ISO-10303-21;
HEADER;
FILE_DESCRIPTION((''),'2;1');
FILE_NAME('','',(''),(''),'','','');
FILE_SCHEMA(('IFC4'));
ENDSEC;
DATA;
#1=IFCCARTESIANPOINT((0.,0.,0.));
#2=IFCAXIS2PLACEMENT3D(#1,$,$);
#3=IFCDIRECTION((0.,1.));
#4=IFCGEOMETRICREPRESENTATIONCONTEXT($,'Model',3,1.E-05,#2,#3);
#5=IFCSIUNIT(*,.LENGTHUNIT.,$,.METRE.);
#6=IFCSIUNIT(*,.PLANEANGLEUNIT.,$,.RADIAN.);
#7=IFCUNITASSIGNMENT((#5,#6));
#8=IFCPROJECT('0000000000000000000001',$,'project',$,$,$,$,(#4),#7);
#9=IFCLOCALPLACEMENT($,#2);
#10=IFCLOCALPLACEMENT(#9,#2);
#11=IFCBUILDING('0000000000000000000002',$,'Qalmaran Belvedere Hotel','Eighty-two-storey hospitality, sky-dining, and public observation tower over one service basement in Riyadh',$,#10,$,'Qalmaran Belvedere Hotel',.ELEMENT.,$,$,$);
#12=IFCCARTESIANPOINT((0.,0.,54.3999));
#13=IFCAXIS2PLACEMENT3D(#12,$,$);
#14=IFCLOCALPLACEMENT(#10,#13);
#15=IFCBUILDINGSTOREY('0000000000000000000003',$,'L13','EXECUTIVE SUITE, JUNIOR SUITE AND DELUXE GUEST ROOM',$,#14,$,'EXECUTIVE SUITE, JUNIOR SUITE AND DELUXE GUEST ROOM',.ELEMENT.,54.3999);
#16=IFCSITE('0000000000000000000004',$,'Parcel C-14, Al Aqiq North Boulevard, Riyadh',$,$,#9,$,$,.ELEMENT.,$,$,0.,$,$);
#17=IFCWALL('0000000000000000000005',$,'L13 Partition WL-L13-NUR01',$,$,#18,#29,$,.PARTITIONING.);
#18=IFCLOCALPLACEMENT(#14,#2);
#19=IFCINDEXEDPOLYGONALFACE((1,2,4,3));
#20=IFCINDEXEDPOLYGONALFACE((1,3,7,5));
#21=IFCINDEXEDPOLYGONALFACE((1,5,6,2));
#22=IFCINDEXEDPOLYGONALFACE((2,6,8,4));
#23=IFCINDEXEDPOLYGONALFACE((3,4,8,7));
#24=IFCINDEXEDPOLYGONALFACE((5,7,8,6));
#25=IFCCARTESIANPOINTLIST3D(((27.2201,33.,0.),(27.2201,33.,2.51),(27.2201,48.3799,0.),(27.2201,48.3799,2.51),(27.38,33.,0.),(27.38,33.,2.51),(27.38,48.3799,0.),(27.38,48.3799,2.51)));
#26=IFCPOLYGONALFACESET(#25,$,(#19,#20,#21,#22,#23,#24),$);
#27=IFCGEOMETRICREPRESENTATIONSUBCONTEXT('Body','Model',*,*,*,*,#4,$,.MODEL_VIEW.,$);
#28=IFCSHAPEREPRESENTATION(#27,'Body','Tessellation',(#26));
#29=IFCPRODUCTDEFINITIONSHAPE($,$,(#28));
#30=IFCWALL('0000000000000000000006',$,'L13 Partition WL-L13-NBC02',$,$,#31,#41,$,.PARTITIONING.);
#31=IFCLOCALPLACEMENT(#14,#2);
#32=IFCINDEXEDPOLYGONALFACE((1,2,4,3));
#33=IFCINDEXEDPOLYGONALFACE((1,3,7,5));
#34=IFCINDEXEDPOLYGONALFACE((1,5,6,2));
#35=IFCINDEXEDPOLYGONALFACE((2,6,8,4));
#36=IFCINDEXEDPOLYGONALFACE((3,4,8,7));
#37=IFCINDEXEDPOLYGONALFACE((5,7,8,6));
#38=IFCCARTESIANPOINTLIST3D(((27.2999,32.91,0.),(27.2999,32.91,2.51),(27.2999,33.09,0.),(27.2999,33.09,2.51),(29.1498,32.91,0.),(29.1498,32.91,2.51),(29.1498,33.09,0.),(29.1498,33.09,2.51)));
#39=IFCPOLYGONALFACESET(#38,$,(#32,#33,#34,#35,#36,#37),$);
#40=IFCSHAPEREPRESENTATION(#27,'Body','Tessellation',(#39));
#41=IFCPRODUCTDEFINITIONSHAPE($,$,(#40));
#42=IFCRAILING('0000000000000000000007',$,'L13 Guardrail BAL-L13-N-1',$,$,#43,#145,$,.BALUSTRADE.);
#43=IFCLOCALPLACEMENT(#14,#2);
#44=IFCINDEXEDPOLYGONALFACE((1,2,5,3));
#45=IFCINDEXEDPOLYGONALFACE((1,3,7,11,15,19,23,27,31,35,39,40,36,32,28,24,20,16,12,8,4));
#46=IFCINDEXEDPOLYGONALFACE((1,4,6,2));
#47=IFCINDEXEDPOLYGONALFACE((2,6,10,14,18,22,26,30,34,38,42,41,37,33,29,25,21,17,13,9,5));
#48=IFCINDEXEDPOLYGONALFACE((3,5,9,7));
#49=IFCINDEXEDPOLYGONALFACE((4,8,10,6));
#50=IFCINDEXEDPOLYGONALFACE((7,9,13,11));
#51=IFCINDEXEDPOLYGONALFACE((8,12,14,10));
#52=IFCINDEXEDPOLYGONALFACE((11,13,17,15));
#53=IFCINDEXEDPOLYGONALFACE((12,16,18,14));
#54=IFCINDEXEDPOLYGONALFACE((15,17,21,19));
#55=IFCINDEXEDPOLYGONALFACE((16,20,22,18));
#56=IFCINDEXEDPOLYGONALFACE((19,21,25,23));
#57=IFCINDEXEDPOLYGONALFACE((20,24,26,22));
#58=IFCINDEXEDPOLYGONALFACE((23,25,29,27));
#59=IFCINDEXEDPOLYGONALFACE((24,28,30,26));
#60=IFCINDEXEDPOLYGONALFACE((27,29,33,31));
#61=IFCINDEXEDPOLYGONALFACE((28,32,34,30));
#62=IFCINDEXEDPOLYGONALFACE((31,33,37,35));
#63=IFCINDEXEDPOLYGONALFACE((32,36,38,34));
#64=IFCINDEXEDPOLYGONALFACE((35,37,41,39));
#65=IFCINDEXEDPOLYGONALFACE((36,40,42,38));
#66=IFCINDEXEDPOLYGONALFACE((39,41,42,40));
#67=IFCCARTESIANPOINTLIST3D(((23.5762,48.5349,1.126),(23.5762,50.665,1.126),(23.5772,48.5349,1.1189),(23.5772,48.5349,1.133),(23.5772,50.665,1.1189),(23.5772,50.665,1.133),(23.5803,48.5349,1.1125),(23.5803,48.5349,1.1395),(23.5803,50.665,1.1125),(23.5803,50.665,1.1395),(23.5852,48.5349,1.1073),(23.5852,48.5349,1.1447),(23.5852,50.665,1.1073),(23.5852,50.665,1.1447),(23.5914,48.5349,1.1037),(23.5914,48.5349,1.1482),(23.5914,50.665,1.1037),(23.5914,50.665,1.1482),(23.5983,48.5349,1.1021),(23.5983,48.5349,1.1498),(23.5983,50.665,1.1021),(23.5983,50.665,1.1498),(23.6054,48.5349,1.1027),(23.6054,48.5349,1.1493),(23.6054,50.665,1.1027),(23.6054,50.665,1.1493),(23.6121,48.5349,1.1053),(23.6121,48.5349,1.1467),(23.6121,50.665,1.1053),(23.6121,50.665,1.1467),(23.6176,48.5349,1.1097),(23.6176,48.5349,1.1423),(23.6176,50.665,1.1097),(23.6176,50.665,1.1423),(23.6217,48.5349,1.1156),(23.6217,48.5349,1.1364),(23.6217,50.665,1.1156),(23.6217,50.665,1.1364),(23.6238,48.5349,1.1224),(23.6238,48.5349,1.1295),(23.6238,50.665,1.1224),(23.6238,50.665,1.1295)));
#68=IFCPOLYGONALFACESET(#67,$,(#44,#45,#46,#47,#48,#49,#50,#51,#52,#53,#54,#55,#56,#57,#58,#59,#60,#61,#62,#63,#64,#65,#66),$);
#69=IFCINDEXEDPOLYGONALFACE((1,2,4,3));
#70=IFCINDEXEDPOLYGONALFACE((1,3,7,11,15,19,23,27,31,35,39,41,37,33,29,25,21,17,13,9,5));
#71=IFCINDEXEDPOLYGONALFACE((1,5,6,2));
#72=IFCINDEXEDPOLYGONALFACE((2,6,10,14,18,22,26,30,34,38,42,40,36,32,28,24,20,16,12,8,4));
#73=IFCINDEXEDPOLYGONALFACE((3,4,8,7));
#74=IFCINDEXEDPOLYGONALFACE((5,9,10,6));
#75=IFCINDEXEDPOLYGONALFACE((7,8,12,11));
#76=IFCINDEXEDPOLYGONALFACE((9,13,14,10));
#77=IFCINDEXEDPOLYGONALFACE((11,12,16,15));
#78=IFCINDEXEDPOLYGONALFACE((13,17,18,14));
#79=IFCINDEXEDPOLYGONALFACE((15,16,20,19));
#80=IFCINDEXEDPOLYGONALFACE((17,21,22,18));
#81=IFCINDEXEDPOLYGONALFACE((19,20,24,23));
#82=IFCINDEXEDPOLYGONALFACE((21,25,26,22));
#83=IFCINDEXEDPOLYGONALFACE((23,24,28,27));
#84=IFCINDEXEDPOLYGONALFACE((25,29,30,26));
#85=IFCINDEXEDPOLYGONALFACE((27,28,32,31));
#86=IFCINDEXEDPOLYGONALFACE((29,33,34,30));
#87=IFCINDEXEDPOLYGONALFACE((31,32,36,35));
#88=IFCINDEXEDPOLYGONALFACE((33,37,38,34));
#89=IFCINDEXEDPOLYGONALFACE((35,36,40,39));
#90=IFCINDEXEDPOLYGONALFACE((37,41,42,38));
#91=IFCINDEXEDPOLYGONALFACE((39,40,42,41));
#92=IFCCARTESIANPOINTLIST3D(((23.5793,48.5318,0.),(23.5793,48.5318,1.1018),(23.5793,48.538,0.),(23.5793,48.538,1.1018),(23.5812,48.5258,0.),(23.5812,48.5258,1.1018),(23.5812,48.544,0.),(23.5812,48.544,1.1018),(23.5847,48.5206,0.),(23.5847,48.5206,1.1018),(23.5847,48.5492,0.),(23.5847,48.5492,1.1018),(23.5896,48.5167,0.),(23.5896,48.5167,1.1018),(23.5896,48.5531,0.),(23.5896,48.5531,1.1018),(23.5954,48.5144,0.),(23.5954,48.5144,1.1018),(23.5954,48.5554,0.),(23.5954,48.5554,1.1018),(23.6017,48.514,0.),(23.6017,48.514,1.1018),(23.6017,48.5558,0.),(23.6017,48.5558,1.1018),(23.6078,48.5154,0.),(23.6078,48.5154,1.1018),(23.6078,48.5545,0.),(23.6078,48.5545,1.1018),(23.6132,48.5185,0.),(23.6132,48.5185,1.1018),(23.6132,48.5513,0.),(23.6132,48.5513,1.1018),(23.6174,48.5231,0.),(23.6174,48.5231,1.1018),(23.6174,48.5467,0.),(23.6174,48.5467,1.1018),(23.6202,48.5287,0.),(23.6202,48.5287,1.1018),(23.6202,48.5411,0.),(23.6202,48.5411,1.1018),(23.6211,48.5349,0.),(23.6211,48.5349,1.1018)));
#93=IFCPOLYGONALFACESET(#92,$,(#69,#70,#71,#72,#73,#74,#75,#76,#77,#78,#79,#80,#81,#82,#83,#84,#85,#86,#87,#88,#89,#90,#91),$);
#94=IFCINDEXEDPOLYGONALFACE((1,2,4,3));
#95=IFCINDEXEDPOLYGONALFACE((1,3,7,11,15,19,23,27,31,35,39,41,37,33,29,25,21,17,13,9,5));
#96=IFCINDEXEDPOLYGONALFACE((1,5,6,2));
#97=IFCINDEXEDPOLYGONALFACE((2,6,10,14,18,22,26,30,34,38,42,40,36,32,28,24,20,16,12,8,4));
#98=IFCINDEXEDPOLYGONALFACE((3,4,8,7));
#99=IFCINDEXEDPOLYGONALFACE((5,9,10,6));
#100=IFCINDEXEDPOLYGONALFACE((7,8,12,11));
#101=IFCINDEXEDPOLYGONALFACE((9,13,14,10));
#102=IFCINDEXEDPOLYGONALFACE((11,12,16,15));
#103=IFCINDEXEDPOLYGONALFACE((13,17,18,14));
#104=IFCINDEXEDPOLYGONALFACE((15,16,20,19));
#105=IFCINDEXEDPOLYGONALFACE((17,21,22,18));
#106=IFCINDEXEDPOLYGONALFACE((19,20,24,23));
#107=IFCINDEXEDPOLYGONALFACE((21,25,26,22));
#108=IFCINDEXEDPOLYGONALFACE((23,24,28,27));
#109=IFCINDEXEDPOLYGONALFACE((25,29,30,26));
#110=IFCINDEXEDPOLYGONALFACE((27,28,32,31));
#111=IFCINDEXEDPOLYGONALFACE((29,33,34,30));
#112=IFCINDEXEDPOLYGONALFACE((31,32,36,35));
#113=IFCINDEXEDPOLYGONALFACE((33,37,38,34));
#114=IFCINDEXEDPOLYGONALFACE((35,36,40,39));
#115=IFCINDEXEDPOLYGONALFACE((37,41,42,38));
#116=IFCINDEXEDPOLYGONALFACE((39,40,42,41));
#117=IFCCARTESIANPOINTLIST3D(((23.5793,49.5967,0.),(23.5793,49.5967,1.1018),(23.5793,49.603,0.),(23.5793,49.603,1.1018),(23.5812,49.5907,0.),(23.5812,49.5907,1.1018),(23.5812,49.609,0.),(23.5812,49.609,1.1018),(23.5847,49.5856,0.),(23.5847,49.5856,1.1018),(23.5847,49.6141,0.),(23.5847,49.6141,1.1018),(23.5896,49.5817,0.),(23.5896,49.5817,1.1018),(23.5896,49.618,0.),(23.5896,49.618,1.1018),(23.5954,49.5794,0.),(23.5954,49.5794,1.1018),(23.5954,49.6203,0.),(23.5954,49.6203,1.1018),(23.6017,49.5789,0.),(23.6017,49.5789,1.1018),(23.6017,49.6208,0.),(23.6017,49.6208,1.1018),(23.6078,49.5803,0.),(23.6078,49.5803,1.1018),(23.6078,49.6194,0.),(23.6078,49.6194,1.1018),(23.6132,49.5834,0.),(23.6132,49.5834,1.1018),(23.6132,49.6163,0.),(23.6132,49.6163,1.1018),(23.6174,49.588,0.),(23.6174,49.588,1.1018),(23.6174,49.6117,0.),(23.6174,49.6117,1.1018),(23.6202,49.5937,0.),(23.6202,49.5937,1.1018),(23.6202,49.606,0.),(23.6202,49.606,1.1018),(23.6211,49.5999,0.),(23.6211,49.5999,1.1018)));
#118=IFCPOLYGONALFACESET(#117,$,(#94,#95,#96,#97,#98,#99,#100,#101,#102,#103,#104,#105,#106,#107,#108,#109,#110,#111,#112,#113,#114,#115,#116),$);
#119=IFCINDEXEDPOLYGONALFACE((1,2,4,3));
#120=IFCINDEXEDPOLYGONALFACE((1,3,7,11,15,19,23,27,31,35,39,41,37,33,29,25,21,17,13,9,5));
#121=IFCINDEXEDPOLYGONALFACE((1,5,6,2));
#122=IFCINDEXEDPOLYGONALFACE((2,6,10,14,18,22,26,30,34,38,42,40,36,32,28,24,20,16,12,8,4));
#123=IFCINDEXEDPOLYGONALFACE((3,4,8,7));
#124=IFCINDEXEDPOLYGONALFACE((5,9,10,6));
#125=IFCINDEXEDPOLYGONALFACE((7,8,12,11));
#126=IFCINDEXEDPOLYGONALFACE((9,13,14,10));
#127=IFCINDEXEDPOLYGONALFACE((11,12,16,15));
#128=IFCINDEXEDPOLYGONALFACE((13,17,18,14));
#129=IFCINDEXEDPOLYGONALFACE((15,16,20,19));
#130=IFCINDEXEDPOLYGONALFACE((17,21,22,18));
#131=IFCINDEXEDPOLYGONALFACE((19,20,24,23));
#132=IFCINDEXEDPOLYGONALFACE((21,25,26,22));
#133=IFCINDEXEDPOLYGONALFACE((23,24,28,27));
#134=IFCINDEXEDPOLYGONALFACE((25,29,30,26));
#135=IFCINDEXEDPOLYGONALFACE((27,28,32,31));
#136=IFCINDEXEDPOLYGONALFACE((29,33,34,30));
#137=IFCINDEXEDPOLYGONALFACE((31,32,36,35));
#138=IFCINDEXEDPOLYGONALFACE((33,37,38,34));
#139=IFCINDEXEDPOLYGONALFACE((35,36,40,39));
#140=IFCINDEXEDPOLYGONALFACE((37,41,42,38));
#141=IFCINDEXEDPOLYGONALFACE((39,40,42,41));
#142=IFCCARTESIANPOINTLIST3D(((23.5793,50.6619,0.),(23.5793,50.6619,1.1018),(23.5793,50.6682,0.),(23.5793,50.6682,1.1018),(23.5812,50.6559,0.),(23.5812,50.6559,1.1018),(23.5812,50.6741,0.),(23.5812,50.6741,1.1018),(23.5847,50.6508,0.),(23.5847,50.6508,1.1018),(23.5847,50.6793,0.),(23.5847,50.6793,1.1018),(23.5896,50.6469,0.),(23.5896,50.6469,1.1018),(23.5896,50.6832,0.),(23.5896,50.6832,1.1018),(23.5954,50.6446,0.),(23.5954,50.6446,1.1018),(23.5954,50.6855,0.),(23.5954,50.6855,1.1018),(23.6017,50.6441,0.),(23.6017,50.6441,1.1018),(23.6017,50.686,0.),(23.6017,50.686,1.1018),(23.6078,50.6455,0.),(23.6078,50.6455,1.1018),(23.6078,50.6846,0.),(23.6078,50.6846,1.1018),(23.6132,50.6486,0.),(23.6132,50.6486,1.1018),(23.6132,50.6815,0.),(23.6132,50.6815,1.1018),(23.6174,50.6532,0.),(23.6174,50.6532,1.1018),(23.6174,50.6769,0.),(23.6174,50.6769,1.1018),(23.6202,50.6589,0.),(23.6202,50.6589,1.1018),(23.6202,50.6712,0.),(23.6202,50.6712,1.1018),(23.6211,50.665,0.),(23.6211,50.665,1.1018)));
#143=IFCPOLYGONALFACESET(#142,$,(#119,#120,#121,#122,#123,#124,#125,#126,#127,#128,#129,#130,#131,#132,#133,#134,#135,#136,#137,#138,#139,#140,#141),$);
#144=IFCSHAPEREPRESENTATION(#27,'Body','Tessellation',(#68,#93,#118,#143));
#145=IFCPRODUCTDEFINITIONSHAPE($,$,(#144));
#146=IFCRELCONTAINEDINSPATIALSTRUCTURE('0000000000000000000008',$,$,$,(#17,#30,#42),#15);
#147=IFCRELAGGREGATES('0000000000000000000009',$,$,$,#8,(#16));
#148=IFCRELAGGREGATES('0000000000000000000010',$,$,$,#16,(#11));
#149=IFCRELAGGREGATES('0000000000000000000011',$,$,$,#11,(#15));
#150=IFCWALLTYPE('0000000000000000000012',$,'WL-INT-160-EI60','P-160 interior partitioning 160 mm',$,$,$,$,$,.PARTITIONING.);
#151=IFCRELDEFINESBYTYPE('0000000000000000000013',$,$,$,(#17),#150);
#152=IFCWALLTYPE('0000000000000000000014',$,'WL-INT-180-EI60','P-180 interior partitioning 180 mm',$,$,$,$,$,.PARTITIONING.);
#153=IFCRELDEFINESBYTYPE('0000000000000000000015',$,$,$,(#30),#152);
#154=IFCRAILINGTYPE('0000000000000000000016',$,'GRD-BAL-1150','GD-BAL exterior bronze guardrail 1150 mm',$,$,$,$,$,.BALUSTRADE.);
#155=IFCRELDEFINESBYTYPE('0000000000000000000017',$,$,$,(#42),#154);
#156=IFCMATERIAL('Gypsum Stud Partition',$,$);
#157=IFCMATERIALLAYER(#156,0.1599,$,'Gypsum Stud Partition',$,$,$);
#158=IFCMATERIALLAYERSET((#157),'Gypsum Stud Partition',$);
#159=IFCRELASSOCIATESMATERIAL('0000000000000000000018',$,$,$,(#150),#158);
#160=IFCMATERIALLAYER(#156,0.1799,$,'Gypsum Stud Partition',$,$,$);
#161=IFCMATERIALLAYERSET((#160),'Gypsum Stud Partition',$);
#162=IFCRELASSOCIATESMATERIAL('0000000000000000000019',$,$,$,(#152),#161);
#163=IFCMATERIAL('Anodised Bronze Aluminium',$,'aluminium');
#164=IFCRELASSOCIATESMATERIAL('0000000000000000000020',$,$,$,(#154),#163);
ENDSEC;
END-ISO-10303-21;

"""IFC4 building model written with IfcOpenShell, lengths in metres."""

from ifc_helpers import new_model, si_unit, direction, frame, frame_2d, origin, origin_2d, place, context, subcontext, project, spatial, rectangle, circle, extrude, material, layer, layer_set, type_object, element, save


model = new_model("IFC4")

# Units and contexts
model_context = context("Model", 3, precision=1e-05, world=origin(), true_north=direction((0.0, 1.0)))
body_context = subcontext(model_context, "Body", "Model", "MODEL_VIEW")
ifc_project = project(units=[si_unit("LENGTHUNIT", "METRE"), si_unit("PLANEANGLEUNIT", "RADIAN")], contexts=[model_context])

# Site, building, storey
site_placement = place(None, origin())
site = spatial("IfcSite", under=ifc_project, at=site_placement, Name="Parcel C-14, Al Aqiq North Boulevard, Riyadh", CompositionType="ELEMENT", RefElevation=0.0)
building_placement = place(site_placement, origin())
building = spatial("IfcBuilding", under=site, at=building_placement, Name="Qalmaran Belvedere Hotel", Description="Eighty-two-storey hospitality, sky-dining, and public observation tower over one service basement in Riyadh", LongName="Qalmaran Belvedere Hotel", CompositionType="ELEMENT")
storey_placement = place(building_placement, frame((0.0, 0.0, 54.3999)))
storey = spatial("IfcBuildingStorey", under=building, at=storey_placement, Name="L13", Description="EXECUTIVE SUITE, JUNIOR SUITE AND DELUXE GUEST ROOM", LongName="EXECUTIVE SUITE, JUNIOR SUITE AND DELUXE GUEST ROOM", CompositionType="ELEMENT", Elevation=54.3999)

# Shared definitions
ifc_material_1 = material(Name="Anodised Bronze Aluminium", Category="aluminium")

# Walls
ifc_material_2 = material(Name="Gypsum Stud Partition")
ifc_layer_1 = layer(ifc_material_2, 0.1599, Name="Gypsum Stud Partition")
ifc_layer_set_1 = layer_set([ifc_layer_1], Name="Gypsum Stud Partition")
wall_type_1 = type_object("IfcWallType", Name="WL-INT-160-EI60", Description="P-160 interior partitioning 160 mm", PredefinedType="PARTITIONING", material=ifc_layer_set_1)
wall_1_placement = place(storey_placement, frame((27.3, 33.0, 0.0), z_axis=(0.0, 0.0, 1.0), x_axis=(0.0, 1.0, 0.0)))
element("IfcWall", 1, at=wall_1_placement, inside=storey, type_object=wall_type_1, Name="L13 Partition WL-L13-NUR01", PredefinedType="PARTITIONING", context=body_context, shape_type="SweptSolid", body=[
    extrude(rectangle(XDim=15.3799, YDim=0.1599, at=frame_2d((7.6899, 0.0))), origin(), (0.0, 0.0, 1.0), 2.51),
])
ifc_layer_2 = layer(ifc_material_2, 0.1799, Name="Gypsum Stud Partition")
ifc_layer_set_2 = layer_set([ifc_layer_2], Name="Gypsum Stud Partition")
wall_type_2 = type_object("IfcWallType", Name="WL-INT-180-EI60", Description="P-180 interior partitioning 180 mm", PredefinedType="PARTITIONING", material=ifc_layer_set_2)
wall_2_placement = place(storey_placement, frame((27.3, 33.0, 0.0), z_axis=(0.0, 0.0, 1.0), x_axis=(1.0, 0.0, 0.0)))
element("IfcWall", 2, at=wall_2_placement, inside=storey, type_object=wall_type_2, Name="L13 Partition WL-L13-NBC02", PredefinedType="PARTITIONING", context=body_context, shape_type="SweptSolid", body=[
    extrude(rectangle(XDim=1.8499, YDim=0.1799, at=frame_2d((0.9248, 0.0))), origin(), (0.0, 0.0, 1.0), 2.51),
])

# Railing
railing_type = type_object("IfcRailingType", Name="GRD-BAL-1150", Description="GD-BAL exterior bronze guardrail 1150 mm", PredefinedType="BALUSTRADE", material=ifc_material_1)
railing_1_placement = place(storey_placement, frame((23.6001, 48.5349, 0.0)))
element("IfcRailing", 3, at=railing_1_placement, inside=storey, type_object=railing_type, Name="L13 Guardrail BAL-L13-N-1", PredefinedType="BALUSTRADE", context=body_context, shape_type="SweptSolid", body=[
    extrude(circle(Radius=0.0239, at=origin_2d()), frame((0.0, 0.0, 1.126), z_axis=(0.0, 1.0, 0.0), x_axis=(-1.0, 0.0, 0.0)), (0.0, 0.0, 1.0), 2.1301),
    extrude(circle(Radius=0.021, at=origin_2d()), origin(), (0.0, 0.0, 1.0), 1.1018),
    extrude(circle(Radius=0.021, at=origin_2d()), frame((0.0, 1.0649, 0.0)), (0.0, 0.0, 1.0), 1.1018),
    extrude(circle(Radius=0.021, at=origin_2d()), frame((0.0, 2.1301, 0.0)), (0.0, 0.0, 1.0), 1.1018),
])

save(model, "model.ifc")
